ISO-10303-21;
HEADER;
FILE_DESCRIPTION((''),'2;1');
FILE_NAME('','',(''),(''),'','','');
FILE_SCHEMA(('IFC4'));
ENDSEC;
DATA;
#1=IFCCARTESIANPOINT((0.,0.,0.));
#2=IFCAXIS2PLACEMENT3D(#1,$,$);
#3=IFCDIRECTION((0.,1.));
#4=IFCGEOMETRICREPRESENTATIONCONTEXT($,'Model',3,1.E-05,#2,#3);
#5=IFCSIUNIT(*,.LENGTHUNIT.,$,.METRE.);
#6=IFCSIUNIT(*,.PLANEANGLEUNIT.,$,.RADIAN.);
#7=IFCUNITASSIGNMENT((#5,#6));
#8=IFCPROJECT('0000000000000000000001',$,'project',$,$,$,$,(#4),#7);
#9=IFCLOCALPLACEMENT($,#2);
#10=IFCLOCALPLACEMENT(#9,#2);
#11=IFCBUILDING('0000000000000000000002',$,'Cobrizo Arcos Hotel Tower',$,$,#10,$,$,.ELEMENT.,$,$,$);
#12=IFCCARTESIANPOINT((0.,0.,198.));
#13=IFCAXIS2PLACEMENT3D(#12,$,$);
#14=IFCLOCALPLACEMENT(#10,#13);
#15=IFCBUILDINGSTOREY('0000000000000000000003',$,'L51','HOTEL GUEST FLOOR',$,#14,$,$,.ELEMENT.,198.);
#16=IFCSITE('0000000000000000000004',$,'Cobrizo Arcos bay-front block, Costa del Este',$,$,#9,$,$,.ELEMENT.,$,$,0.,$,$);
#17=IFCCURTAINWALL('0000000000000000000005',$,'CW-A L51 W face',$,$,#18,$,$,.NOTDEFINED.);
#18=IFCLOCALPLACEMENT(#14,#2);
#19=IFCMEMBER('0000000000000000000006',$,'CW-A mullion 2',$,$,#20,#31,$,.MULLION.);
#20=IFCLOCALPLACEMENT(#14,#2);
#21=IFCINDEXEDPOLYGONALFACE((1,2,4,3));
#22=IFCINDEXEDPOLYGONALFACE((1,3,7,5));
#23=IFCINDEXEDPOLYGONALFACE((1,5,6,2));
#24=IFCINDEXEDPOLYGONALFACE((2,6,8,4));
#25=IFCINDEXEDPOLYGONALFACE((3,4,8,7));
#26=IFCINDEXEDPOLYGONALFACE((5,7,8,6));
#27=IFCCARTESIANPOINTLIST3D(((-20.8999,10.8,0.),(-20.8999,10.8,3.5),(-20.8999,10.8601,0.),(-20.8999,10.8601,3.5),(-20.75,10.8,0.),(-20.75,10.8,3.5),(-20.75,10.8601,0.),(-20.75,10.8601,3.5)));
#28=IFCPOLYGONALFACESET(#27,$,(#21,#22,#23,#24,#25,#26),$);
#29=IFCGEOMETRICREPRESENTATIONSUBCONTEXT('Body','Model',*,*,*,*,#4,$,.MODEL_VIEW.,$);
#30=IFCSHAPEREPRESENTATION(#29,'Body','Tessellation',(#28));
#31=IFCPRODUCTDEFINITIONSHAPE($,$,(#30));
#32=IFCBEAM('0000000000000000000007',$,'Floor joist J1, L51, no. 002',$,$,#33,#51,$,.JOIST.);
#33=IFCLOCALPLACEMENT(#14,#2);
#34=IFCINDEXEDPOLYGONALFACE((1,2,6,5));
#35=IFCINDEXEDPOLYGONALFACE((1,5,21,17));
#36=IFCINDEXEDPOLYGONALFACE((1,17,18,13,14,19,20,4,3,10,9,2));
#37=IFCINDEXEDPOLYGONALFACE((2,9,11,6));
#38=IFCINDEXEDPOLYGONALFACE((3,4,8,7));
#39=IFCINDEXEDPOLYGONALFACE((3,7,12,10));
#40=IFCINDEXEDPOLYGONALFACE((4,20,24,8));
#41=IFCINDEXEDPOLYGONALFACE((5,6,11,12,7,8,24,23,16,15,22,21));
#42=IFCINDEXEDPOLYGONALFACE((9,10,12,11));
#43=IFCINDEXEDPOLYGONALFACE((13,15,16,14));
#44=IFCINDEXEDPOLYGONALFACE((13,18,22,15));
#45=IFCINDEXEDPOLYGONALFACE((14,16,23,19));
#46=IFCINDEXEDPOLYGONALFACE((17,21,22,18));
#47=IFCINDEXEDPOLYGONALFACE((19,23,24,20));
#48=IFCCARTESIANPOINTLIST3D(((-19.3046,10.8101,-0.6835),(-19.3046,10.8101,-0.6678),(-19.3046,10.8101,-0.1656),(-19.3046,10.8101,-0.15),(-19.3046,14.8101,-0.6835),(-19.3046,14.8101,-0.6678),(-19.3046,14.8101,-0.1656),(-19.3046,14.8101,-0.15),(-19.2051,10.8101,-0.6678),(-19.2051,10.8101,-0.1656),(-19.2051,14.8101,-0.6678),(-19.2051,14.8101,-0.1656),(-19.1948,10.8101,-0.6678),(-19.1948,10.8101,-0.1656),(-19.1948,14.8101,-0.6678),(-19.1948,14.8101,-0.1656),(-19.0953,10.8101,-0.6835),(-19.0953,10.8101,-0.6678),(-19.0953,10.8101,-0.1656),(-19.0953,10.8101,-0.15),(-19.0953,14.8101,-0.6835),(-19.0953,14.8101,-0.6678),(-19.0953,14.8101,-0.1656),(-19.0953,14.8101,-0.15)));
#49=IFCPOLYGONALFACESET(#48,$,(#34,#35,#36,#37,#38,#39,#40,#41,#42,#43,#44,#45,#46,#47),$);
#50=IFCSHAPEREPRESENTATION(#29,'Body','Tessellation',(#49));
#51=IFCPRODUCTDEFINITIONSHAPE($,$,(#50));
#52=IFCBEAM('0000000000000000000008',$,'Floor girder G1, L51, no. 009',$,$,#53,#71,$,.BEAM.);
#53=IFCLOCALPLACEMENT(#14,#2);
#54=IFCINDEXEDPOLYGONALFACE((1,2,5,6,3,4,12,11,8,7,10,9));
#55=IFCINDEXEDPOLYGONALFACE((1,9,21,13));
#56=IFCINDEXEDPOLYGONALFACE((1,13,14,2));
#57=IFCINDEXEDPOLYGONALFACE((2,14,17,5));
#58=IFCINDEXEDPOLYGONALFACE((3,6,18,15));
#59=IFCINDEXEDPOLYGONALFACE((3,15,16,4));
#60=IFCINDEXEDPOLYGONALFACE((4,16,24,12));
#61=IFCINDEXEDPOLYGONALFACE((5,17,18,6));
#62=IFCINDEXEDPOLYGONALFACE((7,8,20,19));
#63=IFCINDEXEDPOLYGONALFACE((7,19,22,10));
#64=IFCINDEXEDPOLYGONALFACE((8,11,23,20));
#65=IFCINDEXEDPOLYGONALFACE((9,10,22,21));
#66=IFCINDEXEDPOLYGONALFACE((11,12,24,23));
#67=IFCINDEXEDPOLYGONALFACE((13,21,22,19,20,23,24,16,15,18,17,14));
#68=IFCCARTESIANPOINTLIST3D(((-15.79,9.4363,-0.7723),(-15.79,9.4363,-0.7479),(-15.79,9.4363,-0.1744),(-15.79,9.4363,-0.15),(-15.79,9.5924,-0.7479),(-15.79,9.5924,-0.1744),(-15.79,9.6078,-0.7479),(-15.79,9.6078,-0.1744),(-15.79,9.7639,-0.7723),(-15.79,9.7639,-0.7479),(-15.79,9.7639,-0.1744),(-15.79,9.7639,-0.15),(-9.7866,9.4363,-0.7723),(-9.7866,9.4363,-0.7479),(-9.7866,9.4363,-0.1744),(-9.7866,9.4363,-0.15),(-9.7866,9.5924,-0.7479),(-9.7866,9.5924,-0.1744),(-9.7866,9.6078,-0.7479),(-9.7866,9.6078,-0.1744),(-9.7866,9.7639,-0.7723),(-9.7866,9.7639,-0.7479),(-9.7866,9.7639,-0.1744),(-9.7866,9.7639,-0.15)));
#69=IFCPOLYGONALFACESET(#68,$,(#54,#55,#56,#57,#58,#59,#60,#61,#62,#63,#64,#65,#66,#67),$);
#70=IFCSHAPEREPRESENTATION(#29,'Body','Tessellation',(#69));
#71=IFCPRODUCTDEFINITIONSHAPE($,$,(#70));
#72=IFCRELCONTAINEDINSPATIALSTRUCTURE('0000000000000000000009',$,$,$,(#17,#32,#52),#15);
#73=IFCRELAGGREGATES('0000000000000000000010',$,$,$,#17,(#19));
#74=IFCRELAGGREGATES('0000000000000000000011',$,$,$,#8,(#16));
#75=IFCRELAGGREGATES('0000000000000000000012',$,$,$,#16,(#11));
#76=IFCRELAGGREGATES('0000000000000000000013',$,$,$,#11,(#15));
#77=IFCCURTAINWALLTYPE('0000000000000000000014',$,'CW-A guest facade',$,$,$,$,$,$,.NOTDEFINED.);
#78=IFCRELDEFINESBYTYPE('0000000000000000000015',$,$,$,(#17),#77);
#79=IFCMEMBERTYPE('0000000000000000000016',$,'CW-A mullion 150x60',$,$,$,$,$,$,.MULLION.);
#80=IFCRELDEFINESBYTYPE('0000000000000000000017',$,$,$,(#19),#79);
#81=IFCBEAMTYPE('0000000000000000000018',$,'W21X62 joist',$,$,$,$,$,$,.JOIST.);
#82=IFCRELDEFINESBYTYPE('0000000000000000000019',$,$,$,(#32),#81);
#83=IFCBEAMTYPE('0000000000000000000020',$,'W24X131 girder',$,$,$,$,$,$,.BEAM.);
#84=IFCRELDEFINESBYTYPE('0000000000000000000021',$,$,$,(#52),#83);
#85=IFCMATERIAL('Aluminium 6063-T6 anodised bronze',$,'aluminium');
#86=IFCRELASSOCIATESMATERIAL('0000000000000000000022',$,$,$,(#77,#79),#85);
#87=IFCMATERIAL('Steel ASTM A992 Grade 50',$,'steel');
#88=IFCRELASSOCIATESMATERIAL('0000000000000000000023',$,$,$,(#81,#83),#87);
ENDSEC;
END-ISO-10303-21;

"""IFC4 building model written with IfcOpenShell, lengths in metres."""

from ifc_helpers import new_model, si_unit, direction, frame, origin, origin_2d, place, context, subcontext, project, spatial, rectangle, i_section, extrude, material, material_profile, profile_set, type_object, element, aggregate, save


model = new_model("IFC4")

# Units and contexts
model_context = context("Model", 3, precision=1e-05, world=origin(), true_north=direction((0.0, 1.0)))
body_context = subcontext(model_context, "Body", "Model", "MODEL_VIEW")
ifc_project = project(units=[si_unit("LENGTHUNIT", "METRE"), si_unit("PLANEANGLEUNIT", "RADIAN")], contexts=[model_context])

# Site, building, storey
site_placement = place(None, origin())
site = spatial("IfcSite", under=ifc_project, at=site_placement, Name="Cobrizo Arcos bay-front block, Costa del Este", CompositionType="ELEMENT", RefElevation=0.0)
building_placement = place(site_placement, origin())
building = spatial("IfcBuilding", under=site, at=building_placement, Name="Cobrizo Arcos Hotel Tower", CompositionType="ELEMENT")
storey_placement = place(building_placement, frame((0.0, 0.0, 198.0)))
storey = spatial("IfcBuildingStorey", under=building, at=storey_placement, Name="L51", Description="HOTEL GUEST FLOOR", CompositionType="ELEMENT", Elevation=198.0)

# Curtain wall, member
ifc_material_1 = material(Name="Aluminium 6063-T6 anodised bronze", Category="aluminium")
curtain_wall_type = type_object("IfcCurtainWallType", Name="CW-A guest facade", PredefinedType="NOTDEFINED", material=ifc_material_1)
curtain_wall_placement = place(storey_placement, origin())
curtain_wall = element("IfcCurtainWall", 1, at=curtain_wall_placement, inside=storey, type_object=curtain_wall_type, Name="CW-A L51 W face", PredefinedType="NOTDEFINED")
ifc_material_profile_1 = material_profile(ifc_material_1, rectangle(XDim=0.1499, YDim=0.0601, at=origin_2d()), Name="CW-A mullion 150x60")
ifc_profile_set_1 = profile_set([ifc_material_profile_1], Name="Aluminium 6063-T6 anodised bronze")
member_type = type_object("IfcMemberType", Name="CW-A mullion 150x60", PredefinedType="MULLION", material=ifc_profile_set_1)
member_placement = place(storey_placement, frame((-20.825, 10.8301, 0.0), z_axis=(0.0, 0.0, 1.0), x_axis=(-1.0, 0.0, 0.0)))
member = element("IfcMember", 2, at=member_placement, type_object=member_type, Name="CW-A mullion 2", PredefinedType="MULLION", context=body_context, shape_type="SweptSolid", body=[
    extrude(rectangle(XDim=0.1499, YDim=0.0601, at=origin_2d()), origin(), (0.0, 0.0, 1.0), 3.5),
])
aggregate(curtain_wall, [member])

# Beams
ifc_material_2 = material(Name="Steel ASTM A992 Grade 50", Category="steel")
ifc_material_profile_2 = material_profile(ifc_material_2, i_section(OverallWidth=0.2092, OverallDepth=0.5334, WebThickness=0.0103, FlangeThickness=0.0156, at=origin_2d()), Name="W21X62")
ifc_profile_set_2 = profile_set([ifc_material_profile_2], Name="Steel ASTM A992 Grade 50")
beam_type_1 = type_object("IfcBeamType", Name="W21X62 joist", PredefinedType="JOIST", material=ifc_profile_set_2)
beam_1_placement = place(storey_placement, frame((-19.2, 10.8101, -0.4167), z_axis=(0.0, 1.0, 0.0), x_axis=(-1.0, 0.0, 0.0)))
element("IfcBeam", 3, at=beam_1_placement, inside=storey, type_object=beam_type_1, Name="Floor joist J1, L51, no. 002", PredefinedType="JOIST", context=body_context, shape_type="SweptSolid", body=[
    extrude(i_section(OverallWidth=0.2092, OverallDepth=0.5334, WebThickness=0.0103, FlangeThickness=0.0156, at=origin_2d()), origin(), (0.0, 0.0, 1.0), 4.0),
])
ifc_material_profile_3 = material_profile(ifc_material_2, i_section(OverallWidth=0.3276, OverallDepth=0.6223, WebThickness=0.0154, FlangeThickness=0.0244, at=origin_2d()), Name="W24X131")
ifc_profile_set_3 = profile_set([ifc_material_profile_3], Name="Steel ASTM A992 Grade 50")
beam_type_2 = type_object("IfcBeamType", Name="W24X131 girder", PredefinedType="BEAM", material=ifc_profile_set_3)
beam_2_placement = place(storey_placement, frame((-15.79, 9.6001, -0.4612), z_axis=(1.0, 0.0, 0.0), x_axis=(0.0, 1.0, 0.0)))
element("IfcBeam", 4, at=beam_2_placement, inside=storey, type_object=beam_type_2, Name="Floor girder G1, L51, no. 009", PredefinedType="BEAM", context=body_context, shape_type="SweptSolid", body=[
    extrude(i_section(OverallWidth=0.3276, OverallDepth=0.6223, WebThickness=0.0154, FlangeThickness=0.0244, at=origin_2d()), origin(), (0.0, 0.0, 1.0), 6.0034),
])

save(model, "model.ifc")
